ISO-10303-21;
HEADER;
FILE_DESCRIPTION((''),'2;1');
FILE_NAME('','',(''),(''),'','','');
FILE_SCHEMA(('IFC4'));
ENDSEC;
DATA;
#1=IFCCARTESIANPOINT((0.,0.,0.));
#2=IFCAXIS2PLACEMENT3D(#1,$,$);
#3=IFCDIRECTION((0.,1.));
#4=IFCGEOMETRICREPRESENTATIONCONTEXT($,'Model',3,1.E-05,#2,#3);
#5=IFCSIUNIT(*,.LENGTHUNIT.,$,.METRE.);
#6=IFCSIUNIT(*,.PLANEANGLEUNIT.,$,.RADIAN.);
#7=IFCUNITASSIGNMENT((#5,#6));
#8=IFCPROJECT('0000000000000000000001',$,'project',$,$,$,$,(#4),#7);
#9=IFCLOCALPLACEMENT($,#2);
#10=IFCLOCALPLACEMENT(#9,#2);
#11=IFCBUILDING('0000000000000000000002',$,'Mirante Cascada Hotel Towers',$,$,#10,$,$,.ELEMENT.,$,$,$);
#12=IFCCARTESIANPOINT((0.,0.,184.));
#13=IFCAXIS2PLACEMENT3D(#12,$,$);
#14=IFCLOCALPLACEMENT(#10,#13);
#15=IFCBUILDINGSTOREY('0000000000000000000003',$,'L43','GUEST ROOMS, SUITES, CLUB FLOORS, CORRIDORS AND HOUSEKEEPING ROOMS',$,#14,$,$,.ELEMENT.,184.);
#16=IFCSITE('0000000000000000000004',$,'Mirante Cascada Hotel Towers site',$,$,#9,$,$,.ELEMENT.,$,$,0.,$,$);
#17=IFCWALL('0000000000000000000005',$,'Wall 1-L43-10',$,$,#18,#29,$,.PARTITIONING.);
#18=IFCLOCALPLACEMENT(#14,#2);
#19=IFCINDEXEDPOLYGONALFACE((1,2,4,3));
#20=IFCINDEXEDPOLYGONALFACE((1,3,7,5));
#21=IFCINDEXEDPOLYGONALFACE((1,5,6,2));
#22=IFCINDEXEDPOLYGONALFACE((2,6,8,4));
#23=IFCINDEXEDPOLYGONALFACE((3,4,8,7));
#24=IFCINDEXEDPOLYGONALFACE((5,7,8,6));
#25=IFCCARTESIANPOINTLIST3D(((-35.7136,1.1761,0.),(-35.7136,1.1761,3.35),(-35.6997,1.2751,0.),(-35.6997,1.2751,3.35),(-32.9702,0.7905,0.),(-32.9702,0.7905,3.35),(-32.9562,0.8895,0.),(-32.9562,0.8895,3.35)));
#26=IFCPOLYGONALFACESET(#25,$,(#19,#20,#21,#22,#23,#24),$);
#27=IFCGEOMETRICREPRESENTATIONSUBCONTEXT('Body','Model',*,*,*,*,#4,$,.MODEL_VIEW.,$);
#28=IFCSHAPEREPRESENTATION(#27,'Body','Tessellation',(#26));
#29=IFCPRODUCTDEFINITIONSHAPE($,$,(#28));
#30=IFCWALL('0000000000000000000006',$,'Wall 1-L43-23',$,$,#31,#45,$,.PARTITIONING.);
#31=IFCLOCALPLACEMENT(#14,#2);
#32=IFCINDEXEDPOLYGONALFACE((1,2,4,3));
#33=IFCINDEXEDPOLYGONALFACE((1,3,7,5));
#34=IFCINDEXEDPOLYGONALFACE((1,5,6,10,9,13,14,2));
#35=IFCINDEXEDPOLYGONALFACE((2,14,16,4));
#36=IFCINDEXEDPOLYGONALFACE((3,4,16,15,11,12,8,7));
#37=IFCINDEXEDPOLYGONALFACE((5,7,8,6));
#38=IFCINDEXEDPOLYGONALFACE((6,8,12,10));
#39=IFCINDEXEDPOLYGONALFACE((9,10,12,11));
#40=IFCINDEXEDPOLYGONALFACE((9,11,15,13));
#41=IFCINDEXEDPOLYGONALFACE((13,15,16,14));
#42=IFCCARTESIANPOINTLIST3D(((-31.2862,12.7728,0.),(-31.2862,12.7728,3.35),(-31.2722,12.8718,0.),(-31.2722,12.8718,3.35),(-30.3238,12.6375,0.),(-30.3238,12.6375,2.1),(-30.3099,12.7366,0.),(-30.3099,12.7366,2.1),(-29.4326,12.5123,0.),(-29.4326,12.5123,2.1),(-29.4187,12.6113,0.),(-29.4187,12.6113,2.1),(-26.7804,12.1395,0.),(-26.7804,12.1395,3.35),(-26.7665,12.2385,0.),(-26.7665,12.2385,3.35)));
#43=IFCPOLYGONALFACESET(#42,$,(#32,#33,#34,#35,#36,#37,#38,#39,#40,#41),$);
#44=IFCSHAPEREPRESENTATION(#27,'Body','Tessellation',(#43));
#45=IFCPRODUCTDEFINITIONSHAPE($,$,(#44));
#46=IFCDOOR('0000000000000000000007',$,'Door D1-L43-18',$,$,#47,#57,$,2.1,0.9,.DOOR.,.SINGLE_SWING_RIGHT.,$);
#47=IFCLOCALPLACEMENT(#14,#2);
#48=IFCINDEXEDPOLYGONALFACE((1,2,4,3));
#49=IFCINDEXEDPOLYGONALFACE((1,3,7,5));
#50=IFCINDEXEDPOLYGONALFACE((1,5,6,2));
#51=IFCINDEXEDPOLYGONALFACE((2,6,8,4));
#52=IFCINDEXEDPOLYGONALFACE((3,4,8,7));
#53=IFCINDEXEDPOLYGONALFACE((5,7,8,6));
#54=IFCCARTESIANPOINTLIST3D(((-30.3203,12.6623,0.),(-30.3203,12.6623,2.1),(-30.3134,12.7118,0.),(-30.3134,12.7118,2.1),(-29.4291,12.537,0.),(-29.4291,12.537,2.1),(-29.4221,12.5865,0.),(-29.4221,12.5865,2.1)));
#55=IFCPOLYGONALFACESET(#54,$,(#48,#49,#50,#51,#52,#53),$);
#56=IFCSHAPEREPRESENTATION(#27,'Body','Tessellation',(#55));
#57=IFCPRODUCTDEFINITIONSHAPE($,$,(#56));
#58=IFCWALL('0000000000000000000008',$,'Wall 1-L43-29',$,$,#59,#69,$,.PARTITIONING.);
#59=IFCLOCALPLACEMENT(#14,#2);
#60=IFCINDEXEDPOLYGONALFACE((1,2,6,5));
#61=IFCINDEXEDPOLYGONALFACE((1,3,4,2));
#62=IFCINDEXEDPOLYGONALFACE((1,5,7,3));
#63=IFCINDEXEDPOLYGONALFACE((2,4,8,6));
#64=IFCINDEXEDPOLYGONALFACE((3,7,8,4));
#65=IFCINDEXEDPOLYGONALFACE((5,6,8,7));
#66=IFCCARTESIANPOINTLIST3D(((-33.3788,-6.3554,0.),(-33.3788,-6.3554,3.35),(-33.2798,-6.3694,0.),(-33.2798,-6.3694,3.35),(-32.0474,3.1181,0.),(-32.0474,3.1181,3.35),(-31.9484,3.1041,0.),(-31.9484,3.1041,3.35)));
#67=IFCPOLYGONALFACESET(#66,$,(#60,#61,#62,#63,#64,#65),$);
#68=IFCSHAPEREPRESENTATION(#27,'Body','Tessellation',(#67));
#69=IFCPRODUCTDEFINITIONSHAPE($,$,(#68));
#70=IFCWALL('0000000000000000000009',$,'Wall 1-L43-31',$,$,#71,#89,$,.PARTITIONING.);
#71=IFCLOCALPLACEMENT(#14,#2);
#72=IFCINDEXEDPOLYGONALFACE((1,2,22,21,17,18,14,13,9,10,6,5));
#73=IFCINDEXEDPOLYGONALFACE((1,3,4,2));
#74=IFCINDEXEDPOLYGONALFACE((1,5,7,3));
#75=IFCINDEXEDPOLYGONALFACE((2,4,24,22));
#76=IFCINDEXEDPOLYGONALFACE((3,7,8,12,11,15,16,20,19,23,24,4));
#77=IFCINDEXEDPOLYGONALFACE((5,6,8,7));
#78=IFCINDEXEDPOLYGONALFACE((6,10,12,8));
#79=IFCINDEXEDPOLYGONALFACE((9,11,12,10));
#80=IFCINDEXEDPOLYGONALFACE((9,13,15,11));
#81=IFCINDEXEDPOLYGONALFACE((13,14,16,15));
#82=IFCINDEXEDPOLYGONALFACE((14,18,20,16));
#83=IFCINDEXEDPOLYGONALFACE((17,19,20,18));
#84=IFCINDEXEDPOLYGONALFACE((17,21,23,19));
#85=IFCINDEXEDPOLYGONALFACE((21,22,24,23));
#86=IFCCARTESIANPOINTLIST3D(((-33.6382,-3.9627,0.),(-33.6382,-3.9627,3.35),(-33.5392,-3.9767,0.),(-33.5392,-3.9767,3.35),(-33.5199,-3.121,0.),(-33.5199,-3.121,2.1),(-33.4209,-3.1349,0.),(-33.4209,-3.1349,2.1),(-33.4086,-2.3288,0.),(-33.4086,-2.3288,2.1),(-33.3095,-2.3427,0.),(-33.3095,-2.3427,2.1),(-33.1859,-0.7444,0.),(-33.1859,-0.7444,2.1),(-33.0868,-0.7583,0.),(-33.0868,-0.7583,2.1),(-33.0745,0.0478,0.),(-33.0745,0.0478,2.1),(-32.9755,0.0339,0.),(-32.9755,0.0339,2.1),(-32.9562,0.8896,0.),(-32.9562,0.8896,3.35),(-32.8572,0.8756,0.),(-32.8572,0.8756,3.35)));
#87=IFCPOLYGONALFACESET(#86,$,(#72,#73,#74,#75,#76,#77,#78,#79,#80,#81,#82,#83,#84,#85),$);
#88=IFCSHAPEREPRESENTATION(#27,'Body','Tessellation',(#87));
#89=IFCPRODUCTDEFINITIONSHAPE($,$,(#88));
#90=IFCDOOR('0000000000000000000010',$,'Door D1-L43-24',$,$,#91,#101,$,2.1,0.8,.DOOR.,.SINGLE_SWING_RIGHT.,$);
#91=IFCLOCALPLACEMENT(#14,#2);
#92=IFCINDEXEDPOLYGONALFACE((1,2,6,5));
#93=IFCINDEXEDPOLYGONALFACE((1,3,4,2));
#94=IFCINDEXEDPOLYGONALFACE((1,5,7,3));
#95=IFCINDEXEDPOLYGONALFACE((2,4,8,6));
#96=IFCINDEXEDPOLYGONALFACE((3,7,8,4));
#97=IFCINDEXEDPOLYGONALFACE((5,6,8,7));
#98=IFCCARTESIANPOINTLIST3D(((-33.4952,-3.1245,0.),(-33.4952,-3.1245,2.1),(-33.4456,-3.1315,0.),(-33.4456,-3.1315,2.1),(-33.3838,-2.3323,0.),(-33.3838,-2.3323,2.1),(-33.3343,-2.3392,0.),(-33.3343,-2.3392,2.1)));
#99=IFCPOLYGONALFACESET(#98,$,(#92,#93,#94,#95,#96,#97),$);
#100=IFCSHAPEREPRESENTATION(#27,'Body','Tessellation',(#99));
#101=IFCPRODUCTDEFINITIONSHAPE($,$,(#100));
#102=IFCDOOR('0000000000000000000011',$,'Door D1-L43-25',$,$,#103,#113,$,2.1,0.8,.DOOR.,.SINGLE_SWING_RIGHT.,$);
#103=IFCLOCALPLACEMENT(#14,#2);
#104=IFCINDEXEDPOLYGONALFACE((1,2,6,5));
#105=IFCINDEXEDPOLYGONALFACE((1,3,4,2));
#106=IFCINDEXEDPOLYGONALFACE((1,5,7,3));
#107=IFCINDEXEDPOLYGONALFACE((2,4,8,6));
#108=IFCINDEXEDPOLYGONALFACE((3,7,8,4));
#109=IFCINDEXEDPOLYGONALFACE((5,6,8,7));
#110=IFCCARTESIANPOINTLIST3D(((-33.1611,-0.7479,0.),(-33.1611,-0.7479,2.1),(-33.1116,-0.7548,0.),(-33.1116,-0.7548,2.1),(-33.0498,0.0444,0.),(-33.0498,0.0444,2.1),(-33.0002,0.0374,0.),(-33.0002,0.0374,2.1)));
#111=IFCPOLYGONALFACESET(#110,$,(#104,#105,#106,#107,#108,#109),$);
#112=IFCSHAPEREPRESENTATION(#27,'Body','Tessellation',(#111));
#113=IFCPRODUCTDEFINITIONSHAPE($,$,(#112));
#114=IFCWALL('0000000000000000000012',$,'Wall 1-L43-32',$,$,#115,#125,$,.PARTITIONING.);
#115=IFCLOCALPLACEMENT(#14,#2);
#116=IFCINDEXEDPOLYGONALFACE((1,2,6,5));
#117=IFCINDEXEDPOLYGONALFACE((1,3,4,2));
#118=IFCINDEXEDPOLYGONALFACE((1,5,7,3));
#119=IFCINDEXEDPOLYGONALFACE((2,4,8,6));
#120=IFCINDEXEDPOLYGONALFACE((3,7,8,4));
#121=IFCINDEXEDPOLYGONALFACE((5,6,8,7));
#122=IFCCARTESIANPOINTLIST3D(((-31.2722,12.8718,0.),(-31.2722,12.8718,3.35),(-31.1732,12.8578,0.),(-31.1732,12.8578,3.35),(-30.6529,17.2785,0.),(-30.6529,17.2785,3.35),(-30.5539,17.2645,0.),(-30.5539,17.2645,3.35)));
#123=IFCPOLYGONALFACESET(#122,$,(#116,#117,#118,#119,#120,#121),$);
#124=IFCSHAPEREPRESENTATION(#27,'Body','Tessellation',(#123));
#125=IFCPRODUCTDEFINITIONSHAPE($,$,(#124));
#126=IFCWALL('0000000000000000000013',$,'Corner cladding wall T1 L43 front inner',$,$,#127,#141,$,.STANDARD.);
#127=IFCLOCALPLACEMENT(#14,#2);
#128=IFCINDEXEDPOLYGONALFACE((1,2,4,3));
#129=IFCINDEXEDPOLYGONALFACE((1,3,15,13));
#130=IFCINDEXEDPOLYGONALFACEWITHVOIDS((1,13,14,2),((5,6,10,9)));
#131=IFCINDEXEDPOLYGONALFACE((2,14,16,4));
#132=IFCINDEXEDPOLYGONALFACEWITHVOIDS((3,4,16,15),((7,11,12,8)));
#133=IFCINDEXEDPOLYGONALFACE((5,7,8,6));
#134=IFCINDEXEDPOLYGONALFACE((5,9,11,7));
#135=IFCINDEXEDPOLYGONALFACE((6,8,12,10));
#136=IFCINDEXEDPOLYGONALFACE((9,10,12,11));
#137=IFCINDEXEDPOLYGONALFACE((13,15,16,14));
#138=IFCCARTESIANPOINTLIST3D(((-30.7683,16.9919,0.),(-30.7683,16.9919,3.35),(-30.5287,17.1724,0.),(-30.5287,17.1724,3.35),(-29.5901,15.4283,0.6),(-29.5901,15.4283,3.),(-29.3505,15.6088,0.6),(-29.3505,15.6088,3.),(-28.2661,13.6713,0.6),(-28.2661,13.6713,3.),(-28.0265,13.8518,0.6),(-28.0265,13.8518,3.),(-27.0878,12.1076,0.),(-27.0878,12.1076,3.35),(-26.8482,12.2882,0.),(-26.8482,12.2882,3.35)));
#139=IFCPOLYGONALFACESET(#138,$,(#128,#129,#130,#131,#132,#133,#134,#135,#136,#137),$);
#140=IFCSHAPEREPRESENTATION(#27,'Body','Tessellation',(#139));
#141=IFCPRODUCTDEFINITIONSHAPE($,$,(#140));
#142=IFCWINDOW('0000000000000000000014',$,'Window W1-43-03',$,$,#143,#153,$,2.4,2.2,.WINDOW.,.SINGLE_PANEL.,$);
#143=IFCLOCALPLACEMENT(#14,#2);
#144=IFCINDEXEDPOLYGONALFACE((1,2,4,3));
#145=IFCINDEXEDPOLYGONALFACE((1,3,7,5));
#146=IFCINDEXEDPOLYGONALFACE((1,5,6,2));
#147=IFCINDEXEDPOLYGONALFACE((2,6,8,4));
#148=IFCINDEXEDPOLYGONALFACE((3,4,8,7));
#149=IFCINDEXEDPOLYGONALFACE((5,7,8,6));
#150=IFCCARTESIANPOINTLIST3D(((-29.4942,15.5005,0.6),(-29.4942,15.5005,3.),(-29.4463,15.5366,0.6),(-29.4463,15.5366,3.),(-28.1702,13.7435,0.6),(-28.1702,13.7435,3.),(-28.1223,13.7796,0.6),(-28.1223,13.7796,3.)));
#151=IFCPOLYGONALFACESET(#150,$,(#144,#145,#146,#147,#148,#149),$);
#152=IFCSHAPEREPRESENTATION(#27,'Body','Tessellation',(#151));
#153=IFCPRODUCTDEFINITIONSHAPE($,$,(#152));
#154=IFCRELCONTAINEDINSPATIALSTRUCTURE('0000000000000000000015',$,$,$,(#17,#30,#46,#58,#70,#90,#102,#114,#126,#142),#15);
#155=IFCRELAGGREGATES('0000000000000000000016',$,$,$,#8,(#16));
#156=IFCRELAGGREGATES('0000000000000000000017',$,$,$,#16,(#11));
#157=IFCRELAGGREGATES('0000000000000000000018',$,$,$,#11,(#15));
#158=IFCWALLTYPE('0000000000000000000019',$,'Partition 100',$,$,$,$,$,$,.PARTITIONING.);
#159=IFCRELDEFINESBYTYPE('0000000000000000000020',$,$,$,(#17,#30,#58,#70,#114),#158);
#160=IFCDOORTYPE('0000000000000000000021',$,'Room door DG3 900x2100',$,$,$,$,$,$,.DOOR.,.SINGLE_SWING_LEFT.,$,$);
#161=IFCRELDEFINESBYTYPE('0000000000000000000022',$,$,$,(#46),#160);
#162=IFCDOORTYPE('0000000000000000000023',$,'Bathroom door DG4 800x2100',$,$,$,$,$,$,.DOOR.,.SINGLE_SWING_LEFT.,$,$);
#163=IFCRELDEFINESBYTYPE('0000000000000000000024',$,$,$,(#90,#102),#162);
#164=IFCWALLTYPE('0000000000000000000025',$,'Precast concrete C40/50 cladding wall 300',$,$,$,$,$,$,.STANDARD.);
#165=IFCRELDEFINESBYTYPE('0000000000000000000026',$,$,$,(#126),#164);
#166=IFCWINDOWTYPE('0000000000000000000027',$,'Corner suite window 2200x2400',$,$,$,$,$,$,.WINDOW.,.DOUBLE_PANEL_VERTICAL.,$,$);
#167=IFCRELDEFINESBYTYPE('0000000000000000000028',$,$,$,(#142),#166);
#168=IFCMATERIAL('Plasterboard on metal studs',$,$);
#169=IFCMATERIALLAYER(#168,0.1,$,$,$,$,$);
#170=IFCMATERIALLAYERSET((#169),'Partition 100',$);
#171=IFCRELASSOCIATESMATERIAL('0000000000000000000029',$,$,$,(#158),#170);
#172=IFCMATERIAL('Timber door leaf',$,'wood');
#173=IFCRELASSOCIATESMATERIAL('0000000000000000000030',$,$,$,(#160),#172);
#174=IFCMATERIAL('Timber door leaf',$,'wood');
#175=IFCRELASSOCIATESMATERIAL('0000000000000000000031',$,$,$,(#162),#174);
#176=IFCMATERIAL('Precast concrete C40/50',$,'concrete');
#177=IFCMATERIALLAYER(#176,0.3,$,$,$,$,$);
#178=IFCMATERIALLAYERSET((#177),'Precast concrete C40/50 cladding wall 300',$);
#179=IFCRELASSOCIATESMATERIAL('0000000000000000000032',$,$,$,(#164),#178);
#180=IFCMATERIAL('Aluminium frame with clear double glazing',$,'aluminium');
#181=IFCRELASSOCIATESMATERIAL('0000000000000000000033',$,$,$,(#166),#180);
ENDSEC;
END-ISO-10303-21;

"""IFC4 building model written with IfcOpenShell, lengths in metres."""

from ifc_helpers import new_model, si_unit, direction, frame, frame_2d, origin, place, context, subcontext, project, spatial, rectangle, extrude, material, layer, layer_set, type_object, element, fill, save


model = new_model("IFC4")

# Units and contexts
model_context = context("Model", 3, precision=1e-05, world=origin(), true_north=direction((0.0, 1.0)))
body_context = subcontext(model_context, "Body", "Model", "MODEL_VIEW")
ifc_project = project(units=[si_unit("LENGTHUNIT", "METRE"), si_unit("PLANEANGLEUNIT", "RADIAN")], contexts=[model_context])

# Site, building, storey
site_placement = place(None, origin())
site = spatial("IfcSite", under=ifc_project, at=site_placement, Name="Mirante Cascada Hotel Towers site", CompositionType="ELEMENT", RefElevation=0.0)
building_placement = place(site_placement, origin())
building = spatial("IfcBuilding", under=site, at=building_placement, Name="Mirante Cascada Hotel Towers", CompositionType="ELEMENT")
storey_placement = place(building_placement, frame((0.0, 0.0, 184.0)))
storey = spatial("IfcBuildingStorey", under=building, at=storey_placement, Name="L43", Description="GUEST ROOMS, SUITES, CLUB FLOORS, CORRIDORS AND HOUSEKEEPING ROOMS", CompositionType="ELEMENT", Elevation=184.0)

# Wall
ifc_material_1 = material(Name="Plasterboard on metal studs")
ifc_layer_1 = layer(ifc_material_1, 0.1)
ifc_layer_set_1 = layer_set([ifc_layer_1], Name="Partition 100")
wall_type_1 = type_object("IfcWallType", Name="Partition 100", PredefinedType="PARTITIONING", material=ifc_layer_set_1)
wall_1_placement = place(storey_placement, frame((-32.9632, 0.84, 0.0), z_axis=(0.0, 0.0, 1.0), x_axis=(-0.990266, 0.139187, 0.0)))
element("IfcWall", 1, at=wall_1_placement, inside=storey, type_object=wall_type_1, Name="Wall 1-L43-10", PredefinedType="PARTITIONING", context=body_context, shape_type="SweptSolid", body=[
    extrude(rectangle(XDim=2.7704, YDim=0.1, at=frame_2d((1.3852, 0.0))), origin(), (0.0, 0.0, 1.0), 3.35),
])

# Wall, opening, door
wall_2_placement = place(storey_placement, frame((-31.2792, 12.8223, 0.0), z_axis=(0.0, 0.0, 1.0), x_axis=(0.990266, -0.139187, 0.0)))
wall_2 = element("IfcWall", 2, at=wall_2_placement, inside=storey, type_object=wall_type_1, Name="Wall 1-L43-23", PredefinedType="PARTITIONING", context=body_context, shape_type="SweptSolid", body=[
    extrude(rectangle(XDim=4.55, YDim=0.1, at=frame_2d((2.275, 0.0))), origin(), (0.0, 0.0, 1.0), 3.35),
])
opening_1_placement = place(wall_2_placement, frame((0.9718, 0.0, 0.0)))
opening_1 = element("IfcOpeningElement", 3, at=opening_1_placement, cuts=wall_2, PredefinedType="OPENING", context=body_context, shape_type="SweptSolid", body=[
    extrude(rectangle(XDim=0.9, YDim=2.1, at=frame_2d((0.45, 1.05))), frame((0.0, 0.05, 0.0), z_axis=(0.0, -1.0, 0.0), x_axis=(1.0, 0.0, 0.0)), (0.0, 0.0, 1.0), 0.1),
])
ifc_material_2 = material(Name="Timber door leaf", Category="wood")
door_type_1 = type_object("IfcDoorType", Name="Room door DG3 900x2100", OperationType="SINGLE_SWING_LEFT", PredefinedType="DOOR", material=ifc_material_2)
door_1_placement = place(opening_1_placement, frame((0.9, 0.0, 0.0), z_axis=(0.0, 0.0, 1.0), x_axis=(-1.0, 0.0, 0.0)))
door_1 = element("IfcDoor", 4, at=door_1_placement, inside=storey, type_object=door_type_1, Name="Door D1-L43-18", OperationType="SINGLE_SWING_RIGHT", OverallHeight=2.1, OverallWidth=0.9, PredefinedType="DOOR", context=body_context, shape_type="SweptSolid", body=[
    extrude(rectangle(XDim=0.9, YDim=2.1, at=frame_2d((0.45, 1.05))), frame((0.0, 0.025, 0.0), z_axis=(0.0, -1.0, 0.0), x_axis=(1.0, 0.0, 0.0)), (0.0, 0.0, 1.0), 0.05),
])
fill(opening_1, door_1)

# Wall
wall_3_placement = place(storey_placement, frame((-31.9979, 3.1111, 0.0), z_axis=(0.0, 0.0, 1.0), x_axis=(-0.139172, -0.990268, 0.0)))
element("IfcWall", 5, at=wall_3_placement, inside=storey, type_object=wall_type_1, Name="Wall 1-L43-29", PredefinedType="PARTITIONING", context=body_context, shape_type="SweptSolid", body=[
    extrude(rectangle(XDim=9.5666, YDim=0.1, at=frame_2d((4.7833, 0.0))), origin(), (0.0, 0.0, 1.0), 3.35),
])

# Wall, openings, doors
wall_4_placement = place(storey_placement, frame((-32.9067, 0.8826, 0.0), z_axis=(0.0, 0.0, 1.0), x_axis=(-0.139184, -0.990267, 0.0)))
wall_4 = element("IfcWall", 6, at=wall_4_placement, inside=storey, type_object=wall_type_1, Name="Wall 1-L43-31", PredefinedType="PARTITIONING", context=body_context, shape_type="SweptSolid", body=[
    extrude(rectangle(XDim=4.9, YDim=0.1, at=frame_2d((2.45, 0.0))), origin(), (0.0, 0.0, 1.0), 3.35),
])
opening_2_placement = place(wall_4_placement, frame((3.25, 0.0, 0.0)))
opening_2 = element("IfcOpeningElement", 7, at=opening_2_placement, cuts=wall_4, PredefinedType="OPENING", context=body_context, shape_type="SweptSolid", body=[
    extrude(rectangle(XDim=0.8, YDim=2.1, at=frame_2d((0.4, 1.05))), frame((0.0, 0.05, 0.0), z_axis=(0.0, -1.0, 0.0), x_axis=(1.0, 0.0, 0.0)), (0.0, 0.0, 1.0), 0.1),
])
opening_3_placement = place(wall_4_placement, frame((0.85, 0.0, 0.0)))
opening_3 = element("IfcOpeningElement", 8, at=opening_3_placement, cuts=wall_4, PredefinedType="OPENING", context=body_context, shape_type="SweptSolid", body=[
    extrude(rectangle(XDim=0.8, YDim=2.1, at=frame_2d((0.4, 1.05))), frame((0.0, 0.05, 0.0), z_axis=(0.0, -1.0, 0.0), x_axis=(1.0, 0.0, 0.0)), (0.0, 0.0, 1.0), 0.1),
])
ifc_material_3 = material(Name="Timber door leaf", Category="wood")
door_type_2 = type_object("IfcDoorType", Name="Bathroom door DG4 800x2100", OperationType="SINGLE_SWING_LEFT", PredefinedType="DOOR", material=ifc_material_3)
door_2_placement = place(opening_2_placement, frame((0.8, 0.0, 0.0), z_axis=(0.0, 0.0, 1.0), x_axis=(-1.0, 0.0, 0.0)))
door_2 = element("IfcDoor", 9, at=door_2_placement, inside=storey, type_object=door_type_2, Name="Door D1-L43-24", OperationType="SINGLE_SWING_RIGHT", OverallHeight=2.1, OverallWidth=0.8, PredefinedType="DOOR", context=body_context, shape_type="SweptSolid", body=[
    extrude(rectangle(XDim=0.8, YDim=2.1, at=frame_2d((0.4, 1.05))), frame((0.0, 0.025, 0.0), z_axis=(0.0, -1.0, 0.0), x_axis=(1.0, 0.0, 0.0)), (0.0, 0.0, 1.0), 0.05),
])
fill(opening_2, door_2)
door_3_placement = place(opening_3_placement, frame((0.8, 0.0, 0.0), z_axis=(0.0, 0.0, 1.0), x_axis=(-1.0, 0.0, 0.0)))
door_3 = element("IfcDoor", 10, at=door_3_placement, inside=storey, type_object=door_type_2, Name="Door D1-L43-25", OperationType="SINGLE_SWING_RIGHT", OverallHeight=2.1, OverallWidth=0.8, PredefinedType="DOOR", context=body_context, shape_type="SweptSolid", body=[
    extrude(rectangle(XDim=0.8, YDim=2.1, at=frame_2d((0.4, 1.05))), frame((0.0, 0.025, 0.0), z_axis=(0.0, -1.0, 0.0), x_axis=(1.0, 0.0, 0.0)), (0.0, 0.0, 1.0), 0.05),
])
fill(opening_3, door_3)

# Wall
wall_5_placement = place(storey_placement, frame((-31.2227, 12.8648, 0.0), z_axis=(0.0, 0.0, 1.0), x_axis=(0.139168, 0.990269, 0.0)))
element("IfcWall", 11, at=wall_5_placement, inside=storey, type_object=wall_type_1, Name="Wall 1-L43-32", PredefinedType="PARTITIONING", context=body_context, shape_type="SweptSolid", body=[
    extrude(rectangle(XDim=4.45, YDim=0.1, at=frame_2d((2.225, 0.0))), origin(), (0.0, 0.0, 1.0), 3.35),
])

# Wall, opening, window
ifc_material_4 = material(Name="Precast concrete C40/50", Category="concrete")
ifc_layer_2 = layer(ifc_material_4, 0.3)
ifc_layer_set_2 = layer_set([ifc_layer_2], Name="Precast concrete C40/50 cladding wall 300")
wall_type_2 = type_object("IfcWallType", Name="Precast concrete C40/50 cladding wall 300", PredefinedType="STANDARD", material=ifc_layer_set_2)
wall_6_placement = place(storey_placement, frame((-30.6485, 17.0821, 0.0), z_axis=(0.0, 0.0, 1.0), x_axis=(0.601814, -0.798636, 0.0)))
wall_6 = element("IfcWall", 12, at=wall_6_placement, inside=storey, type_object=wall_type_2, Name="Corner cladding wall T1 L43 front inner", PredefinedType="STANDARD", context=body_context, shape_type="SweptSolid", body=[
    extrude(rectangle(XDim=6.1157, YDim=0.3, at=frame_2d((3.0578, 0.0))), origin(), (0.0, 0.0, 1.0), 3.35),
])
opening_4_placement = place(wall_6_placement, frame((1.9578, 0.0, 0.6)))
opening_4 = element("IfcOpeningElement", 13, at=opening_4_placement, cuts=wall_6, PredefinedType="OPENING", context=body_context, shape_type="SweptSolid", body=[
    extrude(rectangle(XDim=2.2, YDim=2.4, at=frame_2d((1.1, 1.2))), frame((0.0, 0.15, 0.0), z_axis=(0.0, -1.0, 0.0), x_axis=(1.0, 0.0, 0.0)), (0.0, 0.0, 1.0), 0.3),
])
ifc_material_5 = material(Name="Aluminium frame with clear double glazing", Category="aluminium")
window_type = type_object("IfcWindowType", Name="Corner suite window 2200x2400", PartitioningType="DOUBLE_PANEL_VERTICAL", PredefinedType="WINDOW", material=ifc_material_5)
window_placement = place(opening_4_placement, origin())
window = element("IfcWindow", 14, at=window_placement, inside=storey, type_object=window_type, Name="Window W1-43-03", OverallHeight=2.4, OverallWidth=2.2, PartitioningType="SINGLE_PANEL", PredefinedType="WINDOW", context=body_context, shape_type="SweptSolid", body=[
    extrude(rectangle(XDim=2.2, YDim=2.4, at=frame_2d((1.1, 1.2))), frame((0.0, 0.03, 0.0), z_axis=(0.0, -1.0, 0.0), x_axis=(1.0, 0.0, 0.0)), (0.0, 0.0, 1.0), 0.06),
])
fill(opening_4, window)

save(model, "model.ifc")
